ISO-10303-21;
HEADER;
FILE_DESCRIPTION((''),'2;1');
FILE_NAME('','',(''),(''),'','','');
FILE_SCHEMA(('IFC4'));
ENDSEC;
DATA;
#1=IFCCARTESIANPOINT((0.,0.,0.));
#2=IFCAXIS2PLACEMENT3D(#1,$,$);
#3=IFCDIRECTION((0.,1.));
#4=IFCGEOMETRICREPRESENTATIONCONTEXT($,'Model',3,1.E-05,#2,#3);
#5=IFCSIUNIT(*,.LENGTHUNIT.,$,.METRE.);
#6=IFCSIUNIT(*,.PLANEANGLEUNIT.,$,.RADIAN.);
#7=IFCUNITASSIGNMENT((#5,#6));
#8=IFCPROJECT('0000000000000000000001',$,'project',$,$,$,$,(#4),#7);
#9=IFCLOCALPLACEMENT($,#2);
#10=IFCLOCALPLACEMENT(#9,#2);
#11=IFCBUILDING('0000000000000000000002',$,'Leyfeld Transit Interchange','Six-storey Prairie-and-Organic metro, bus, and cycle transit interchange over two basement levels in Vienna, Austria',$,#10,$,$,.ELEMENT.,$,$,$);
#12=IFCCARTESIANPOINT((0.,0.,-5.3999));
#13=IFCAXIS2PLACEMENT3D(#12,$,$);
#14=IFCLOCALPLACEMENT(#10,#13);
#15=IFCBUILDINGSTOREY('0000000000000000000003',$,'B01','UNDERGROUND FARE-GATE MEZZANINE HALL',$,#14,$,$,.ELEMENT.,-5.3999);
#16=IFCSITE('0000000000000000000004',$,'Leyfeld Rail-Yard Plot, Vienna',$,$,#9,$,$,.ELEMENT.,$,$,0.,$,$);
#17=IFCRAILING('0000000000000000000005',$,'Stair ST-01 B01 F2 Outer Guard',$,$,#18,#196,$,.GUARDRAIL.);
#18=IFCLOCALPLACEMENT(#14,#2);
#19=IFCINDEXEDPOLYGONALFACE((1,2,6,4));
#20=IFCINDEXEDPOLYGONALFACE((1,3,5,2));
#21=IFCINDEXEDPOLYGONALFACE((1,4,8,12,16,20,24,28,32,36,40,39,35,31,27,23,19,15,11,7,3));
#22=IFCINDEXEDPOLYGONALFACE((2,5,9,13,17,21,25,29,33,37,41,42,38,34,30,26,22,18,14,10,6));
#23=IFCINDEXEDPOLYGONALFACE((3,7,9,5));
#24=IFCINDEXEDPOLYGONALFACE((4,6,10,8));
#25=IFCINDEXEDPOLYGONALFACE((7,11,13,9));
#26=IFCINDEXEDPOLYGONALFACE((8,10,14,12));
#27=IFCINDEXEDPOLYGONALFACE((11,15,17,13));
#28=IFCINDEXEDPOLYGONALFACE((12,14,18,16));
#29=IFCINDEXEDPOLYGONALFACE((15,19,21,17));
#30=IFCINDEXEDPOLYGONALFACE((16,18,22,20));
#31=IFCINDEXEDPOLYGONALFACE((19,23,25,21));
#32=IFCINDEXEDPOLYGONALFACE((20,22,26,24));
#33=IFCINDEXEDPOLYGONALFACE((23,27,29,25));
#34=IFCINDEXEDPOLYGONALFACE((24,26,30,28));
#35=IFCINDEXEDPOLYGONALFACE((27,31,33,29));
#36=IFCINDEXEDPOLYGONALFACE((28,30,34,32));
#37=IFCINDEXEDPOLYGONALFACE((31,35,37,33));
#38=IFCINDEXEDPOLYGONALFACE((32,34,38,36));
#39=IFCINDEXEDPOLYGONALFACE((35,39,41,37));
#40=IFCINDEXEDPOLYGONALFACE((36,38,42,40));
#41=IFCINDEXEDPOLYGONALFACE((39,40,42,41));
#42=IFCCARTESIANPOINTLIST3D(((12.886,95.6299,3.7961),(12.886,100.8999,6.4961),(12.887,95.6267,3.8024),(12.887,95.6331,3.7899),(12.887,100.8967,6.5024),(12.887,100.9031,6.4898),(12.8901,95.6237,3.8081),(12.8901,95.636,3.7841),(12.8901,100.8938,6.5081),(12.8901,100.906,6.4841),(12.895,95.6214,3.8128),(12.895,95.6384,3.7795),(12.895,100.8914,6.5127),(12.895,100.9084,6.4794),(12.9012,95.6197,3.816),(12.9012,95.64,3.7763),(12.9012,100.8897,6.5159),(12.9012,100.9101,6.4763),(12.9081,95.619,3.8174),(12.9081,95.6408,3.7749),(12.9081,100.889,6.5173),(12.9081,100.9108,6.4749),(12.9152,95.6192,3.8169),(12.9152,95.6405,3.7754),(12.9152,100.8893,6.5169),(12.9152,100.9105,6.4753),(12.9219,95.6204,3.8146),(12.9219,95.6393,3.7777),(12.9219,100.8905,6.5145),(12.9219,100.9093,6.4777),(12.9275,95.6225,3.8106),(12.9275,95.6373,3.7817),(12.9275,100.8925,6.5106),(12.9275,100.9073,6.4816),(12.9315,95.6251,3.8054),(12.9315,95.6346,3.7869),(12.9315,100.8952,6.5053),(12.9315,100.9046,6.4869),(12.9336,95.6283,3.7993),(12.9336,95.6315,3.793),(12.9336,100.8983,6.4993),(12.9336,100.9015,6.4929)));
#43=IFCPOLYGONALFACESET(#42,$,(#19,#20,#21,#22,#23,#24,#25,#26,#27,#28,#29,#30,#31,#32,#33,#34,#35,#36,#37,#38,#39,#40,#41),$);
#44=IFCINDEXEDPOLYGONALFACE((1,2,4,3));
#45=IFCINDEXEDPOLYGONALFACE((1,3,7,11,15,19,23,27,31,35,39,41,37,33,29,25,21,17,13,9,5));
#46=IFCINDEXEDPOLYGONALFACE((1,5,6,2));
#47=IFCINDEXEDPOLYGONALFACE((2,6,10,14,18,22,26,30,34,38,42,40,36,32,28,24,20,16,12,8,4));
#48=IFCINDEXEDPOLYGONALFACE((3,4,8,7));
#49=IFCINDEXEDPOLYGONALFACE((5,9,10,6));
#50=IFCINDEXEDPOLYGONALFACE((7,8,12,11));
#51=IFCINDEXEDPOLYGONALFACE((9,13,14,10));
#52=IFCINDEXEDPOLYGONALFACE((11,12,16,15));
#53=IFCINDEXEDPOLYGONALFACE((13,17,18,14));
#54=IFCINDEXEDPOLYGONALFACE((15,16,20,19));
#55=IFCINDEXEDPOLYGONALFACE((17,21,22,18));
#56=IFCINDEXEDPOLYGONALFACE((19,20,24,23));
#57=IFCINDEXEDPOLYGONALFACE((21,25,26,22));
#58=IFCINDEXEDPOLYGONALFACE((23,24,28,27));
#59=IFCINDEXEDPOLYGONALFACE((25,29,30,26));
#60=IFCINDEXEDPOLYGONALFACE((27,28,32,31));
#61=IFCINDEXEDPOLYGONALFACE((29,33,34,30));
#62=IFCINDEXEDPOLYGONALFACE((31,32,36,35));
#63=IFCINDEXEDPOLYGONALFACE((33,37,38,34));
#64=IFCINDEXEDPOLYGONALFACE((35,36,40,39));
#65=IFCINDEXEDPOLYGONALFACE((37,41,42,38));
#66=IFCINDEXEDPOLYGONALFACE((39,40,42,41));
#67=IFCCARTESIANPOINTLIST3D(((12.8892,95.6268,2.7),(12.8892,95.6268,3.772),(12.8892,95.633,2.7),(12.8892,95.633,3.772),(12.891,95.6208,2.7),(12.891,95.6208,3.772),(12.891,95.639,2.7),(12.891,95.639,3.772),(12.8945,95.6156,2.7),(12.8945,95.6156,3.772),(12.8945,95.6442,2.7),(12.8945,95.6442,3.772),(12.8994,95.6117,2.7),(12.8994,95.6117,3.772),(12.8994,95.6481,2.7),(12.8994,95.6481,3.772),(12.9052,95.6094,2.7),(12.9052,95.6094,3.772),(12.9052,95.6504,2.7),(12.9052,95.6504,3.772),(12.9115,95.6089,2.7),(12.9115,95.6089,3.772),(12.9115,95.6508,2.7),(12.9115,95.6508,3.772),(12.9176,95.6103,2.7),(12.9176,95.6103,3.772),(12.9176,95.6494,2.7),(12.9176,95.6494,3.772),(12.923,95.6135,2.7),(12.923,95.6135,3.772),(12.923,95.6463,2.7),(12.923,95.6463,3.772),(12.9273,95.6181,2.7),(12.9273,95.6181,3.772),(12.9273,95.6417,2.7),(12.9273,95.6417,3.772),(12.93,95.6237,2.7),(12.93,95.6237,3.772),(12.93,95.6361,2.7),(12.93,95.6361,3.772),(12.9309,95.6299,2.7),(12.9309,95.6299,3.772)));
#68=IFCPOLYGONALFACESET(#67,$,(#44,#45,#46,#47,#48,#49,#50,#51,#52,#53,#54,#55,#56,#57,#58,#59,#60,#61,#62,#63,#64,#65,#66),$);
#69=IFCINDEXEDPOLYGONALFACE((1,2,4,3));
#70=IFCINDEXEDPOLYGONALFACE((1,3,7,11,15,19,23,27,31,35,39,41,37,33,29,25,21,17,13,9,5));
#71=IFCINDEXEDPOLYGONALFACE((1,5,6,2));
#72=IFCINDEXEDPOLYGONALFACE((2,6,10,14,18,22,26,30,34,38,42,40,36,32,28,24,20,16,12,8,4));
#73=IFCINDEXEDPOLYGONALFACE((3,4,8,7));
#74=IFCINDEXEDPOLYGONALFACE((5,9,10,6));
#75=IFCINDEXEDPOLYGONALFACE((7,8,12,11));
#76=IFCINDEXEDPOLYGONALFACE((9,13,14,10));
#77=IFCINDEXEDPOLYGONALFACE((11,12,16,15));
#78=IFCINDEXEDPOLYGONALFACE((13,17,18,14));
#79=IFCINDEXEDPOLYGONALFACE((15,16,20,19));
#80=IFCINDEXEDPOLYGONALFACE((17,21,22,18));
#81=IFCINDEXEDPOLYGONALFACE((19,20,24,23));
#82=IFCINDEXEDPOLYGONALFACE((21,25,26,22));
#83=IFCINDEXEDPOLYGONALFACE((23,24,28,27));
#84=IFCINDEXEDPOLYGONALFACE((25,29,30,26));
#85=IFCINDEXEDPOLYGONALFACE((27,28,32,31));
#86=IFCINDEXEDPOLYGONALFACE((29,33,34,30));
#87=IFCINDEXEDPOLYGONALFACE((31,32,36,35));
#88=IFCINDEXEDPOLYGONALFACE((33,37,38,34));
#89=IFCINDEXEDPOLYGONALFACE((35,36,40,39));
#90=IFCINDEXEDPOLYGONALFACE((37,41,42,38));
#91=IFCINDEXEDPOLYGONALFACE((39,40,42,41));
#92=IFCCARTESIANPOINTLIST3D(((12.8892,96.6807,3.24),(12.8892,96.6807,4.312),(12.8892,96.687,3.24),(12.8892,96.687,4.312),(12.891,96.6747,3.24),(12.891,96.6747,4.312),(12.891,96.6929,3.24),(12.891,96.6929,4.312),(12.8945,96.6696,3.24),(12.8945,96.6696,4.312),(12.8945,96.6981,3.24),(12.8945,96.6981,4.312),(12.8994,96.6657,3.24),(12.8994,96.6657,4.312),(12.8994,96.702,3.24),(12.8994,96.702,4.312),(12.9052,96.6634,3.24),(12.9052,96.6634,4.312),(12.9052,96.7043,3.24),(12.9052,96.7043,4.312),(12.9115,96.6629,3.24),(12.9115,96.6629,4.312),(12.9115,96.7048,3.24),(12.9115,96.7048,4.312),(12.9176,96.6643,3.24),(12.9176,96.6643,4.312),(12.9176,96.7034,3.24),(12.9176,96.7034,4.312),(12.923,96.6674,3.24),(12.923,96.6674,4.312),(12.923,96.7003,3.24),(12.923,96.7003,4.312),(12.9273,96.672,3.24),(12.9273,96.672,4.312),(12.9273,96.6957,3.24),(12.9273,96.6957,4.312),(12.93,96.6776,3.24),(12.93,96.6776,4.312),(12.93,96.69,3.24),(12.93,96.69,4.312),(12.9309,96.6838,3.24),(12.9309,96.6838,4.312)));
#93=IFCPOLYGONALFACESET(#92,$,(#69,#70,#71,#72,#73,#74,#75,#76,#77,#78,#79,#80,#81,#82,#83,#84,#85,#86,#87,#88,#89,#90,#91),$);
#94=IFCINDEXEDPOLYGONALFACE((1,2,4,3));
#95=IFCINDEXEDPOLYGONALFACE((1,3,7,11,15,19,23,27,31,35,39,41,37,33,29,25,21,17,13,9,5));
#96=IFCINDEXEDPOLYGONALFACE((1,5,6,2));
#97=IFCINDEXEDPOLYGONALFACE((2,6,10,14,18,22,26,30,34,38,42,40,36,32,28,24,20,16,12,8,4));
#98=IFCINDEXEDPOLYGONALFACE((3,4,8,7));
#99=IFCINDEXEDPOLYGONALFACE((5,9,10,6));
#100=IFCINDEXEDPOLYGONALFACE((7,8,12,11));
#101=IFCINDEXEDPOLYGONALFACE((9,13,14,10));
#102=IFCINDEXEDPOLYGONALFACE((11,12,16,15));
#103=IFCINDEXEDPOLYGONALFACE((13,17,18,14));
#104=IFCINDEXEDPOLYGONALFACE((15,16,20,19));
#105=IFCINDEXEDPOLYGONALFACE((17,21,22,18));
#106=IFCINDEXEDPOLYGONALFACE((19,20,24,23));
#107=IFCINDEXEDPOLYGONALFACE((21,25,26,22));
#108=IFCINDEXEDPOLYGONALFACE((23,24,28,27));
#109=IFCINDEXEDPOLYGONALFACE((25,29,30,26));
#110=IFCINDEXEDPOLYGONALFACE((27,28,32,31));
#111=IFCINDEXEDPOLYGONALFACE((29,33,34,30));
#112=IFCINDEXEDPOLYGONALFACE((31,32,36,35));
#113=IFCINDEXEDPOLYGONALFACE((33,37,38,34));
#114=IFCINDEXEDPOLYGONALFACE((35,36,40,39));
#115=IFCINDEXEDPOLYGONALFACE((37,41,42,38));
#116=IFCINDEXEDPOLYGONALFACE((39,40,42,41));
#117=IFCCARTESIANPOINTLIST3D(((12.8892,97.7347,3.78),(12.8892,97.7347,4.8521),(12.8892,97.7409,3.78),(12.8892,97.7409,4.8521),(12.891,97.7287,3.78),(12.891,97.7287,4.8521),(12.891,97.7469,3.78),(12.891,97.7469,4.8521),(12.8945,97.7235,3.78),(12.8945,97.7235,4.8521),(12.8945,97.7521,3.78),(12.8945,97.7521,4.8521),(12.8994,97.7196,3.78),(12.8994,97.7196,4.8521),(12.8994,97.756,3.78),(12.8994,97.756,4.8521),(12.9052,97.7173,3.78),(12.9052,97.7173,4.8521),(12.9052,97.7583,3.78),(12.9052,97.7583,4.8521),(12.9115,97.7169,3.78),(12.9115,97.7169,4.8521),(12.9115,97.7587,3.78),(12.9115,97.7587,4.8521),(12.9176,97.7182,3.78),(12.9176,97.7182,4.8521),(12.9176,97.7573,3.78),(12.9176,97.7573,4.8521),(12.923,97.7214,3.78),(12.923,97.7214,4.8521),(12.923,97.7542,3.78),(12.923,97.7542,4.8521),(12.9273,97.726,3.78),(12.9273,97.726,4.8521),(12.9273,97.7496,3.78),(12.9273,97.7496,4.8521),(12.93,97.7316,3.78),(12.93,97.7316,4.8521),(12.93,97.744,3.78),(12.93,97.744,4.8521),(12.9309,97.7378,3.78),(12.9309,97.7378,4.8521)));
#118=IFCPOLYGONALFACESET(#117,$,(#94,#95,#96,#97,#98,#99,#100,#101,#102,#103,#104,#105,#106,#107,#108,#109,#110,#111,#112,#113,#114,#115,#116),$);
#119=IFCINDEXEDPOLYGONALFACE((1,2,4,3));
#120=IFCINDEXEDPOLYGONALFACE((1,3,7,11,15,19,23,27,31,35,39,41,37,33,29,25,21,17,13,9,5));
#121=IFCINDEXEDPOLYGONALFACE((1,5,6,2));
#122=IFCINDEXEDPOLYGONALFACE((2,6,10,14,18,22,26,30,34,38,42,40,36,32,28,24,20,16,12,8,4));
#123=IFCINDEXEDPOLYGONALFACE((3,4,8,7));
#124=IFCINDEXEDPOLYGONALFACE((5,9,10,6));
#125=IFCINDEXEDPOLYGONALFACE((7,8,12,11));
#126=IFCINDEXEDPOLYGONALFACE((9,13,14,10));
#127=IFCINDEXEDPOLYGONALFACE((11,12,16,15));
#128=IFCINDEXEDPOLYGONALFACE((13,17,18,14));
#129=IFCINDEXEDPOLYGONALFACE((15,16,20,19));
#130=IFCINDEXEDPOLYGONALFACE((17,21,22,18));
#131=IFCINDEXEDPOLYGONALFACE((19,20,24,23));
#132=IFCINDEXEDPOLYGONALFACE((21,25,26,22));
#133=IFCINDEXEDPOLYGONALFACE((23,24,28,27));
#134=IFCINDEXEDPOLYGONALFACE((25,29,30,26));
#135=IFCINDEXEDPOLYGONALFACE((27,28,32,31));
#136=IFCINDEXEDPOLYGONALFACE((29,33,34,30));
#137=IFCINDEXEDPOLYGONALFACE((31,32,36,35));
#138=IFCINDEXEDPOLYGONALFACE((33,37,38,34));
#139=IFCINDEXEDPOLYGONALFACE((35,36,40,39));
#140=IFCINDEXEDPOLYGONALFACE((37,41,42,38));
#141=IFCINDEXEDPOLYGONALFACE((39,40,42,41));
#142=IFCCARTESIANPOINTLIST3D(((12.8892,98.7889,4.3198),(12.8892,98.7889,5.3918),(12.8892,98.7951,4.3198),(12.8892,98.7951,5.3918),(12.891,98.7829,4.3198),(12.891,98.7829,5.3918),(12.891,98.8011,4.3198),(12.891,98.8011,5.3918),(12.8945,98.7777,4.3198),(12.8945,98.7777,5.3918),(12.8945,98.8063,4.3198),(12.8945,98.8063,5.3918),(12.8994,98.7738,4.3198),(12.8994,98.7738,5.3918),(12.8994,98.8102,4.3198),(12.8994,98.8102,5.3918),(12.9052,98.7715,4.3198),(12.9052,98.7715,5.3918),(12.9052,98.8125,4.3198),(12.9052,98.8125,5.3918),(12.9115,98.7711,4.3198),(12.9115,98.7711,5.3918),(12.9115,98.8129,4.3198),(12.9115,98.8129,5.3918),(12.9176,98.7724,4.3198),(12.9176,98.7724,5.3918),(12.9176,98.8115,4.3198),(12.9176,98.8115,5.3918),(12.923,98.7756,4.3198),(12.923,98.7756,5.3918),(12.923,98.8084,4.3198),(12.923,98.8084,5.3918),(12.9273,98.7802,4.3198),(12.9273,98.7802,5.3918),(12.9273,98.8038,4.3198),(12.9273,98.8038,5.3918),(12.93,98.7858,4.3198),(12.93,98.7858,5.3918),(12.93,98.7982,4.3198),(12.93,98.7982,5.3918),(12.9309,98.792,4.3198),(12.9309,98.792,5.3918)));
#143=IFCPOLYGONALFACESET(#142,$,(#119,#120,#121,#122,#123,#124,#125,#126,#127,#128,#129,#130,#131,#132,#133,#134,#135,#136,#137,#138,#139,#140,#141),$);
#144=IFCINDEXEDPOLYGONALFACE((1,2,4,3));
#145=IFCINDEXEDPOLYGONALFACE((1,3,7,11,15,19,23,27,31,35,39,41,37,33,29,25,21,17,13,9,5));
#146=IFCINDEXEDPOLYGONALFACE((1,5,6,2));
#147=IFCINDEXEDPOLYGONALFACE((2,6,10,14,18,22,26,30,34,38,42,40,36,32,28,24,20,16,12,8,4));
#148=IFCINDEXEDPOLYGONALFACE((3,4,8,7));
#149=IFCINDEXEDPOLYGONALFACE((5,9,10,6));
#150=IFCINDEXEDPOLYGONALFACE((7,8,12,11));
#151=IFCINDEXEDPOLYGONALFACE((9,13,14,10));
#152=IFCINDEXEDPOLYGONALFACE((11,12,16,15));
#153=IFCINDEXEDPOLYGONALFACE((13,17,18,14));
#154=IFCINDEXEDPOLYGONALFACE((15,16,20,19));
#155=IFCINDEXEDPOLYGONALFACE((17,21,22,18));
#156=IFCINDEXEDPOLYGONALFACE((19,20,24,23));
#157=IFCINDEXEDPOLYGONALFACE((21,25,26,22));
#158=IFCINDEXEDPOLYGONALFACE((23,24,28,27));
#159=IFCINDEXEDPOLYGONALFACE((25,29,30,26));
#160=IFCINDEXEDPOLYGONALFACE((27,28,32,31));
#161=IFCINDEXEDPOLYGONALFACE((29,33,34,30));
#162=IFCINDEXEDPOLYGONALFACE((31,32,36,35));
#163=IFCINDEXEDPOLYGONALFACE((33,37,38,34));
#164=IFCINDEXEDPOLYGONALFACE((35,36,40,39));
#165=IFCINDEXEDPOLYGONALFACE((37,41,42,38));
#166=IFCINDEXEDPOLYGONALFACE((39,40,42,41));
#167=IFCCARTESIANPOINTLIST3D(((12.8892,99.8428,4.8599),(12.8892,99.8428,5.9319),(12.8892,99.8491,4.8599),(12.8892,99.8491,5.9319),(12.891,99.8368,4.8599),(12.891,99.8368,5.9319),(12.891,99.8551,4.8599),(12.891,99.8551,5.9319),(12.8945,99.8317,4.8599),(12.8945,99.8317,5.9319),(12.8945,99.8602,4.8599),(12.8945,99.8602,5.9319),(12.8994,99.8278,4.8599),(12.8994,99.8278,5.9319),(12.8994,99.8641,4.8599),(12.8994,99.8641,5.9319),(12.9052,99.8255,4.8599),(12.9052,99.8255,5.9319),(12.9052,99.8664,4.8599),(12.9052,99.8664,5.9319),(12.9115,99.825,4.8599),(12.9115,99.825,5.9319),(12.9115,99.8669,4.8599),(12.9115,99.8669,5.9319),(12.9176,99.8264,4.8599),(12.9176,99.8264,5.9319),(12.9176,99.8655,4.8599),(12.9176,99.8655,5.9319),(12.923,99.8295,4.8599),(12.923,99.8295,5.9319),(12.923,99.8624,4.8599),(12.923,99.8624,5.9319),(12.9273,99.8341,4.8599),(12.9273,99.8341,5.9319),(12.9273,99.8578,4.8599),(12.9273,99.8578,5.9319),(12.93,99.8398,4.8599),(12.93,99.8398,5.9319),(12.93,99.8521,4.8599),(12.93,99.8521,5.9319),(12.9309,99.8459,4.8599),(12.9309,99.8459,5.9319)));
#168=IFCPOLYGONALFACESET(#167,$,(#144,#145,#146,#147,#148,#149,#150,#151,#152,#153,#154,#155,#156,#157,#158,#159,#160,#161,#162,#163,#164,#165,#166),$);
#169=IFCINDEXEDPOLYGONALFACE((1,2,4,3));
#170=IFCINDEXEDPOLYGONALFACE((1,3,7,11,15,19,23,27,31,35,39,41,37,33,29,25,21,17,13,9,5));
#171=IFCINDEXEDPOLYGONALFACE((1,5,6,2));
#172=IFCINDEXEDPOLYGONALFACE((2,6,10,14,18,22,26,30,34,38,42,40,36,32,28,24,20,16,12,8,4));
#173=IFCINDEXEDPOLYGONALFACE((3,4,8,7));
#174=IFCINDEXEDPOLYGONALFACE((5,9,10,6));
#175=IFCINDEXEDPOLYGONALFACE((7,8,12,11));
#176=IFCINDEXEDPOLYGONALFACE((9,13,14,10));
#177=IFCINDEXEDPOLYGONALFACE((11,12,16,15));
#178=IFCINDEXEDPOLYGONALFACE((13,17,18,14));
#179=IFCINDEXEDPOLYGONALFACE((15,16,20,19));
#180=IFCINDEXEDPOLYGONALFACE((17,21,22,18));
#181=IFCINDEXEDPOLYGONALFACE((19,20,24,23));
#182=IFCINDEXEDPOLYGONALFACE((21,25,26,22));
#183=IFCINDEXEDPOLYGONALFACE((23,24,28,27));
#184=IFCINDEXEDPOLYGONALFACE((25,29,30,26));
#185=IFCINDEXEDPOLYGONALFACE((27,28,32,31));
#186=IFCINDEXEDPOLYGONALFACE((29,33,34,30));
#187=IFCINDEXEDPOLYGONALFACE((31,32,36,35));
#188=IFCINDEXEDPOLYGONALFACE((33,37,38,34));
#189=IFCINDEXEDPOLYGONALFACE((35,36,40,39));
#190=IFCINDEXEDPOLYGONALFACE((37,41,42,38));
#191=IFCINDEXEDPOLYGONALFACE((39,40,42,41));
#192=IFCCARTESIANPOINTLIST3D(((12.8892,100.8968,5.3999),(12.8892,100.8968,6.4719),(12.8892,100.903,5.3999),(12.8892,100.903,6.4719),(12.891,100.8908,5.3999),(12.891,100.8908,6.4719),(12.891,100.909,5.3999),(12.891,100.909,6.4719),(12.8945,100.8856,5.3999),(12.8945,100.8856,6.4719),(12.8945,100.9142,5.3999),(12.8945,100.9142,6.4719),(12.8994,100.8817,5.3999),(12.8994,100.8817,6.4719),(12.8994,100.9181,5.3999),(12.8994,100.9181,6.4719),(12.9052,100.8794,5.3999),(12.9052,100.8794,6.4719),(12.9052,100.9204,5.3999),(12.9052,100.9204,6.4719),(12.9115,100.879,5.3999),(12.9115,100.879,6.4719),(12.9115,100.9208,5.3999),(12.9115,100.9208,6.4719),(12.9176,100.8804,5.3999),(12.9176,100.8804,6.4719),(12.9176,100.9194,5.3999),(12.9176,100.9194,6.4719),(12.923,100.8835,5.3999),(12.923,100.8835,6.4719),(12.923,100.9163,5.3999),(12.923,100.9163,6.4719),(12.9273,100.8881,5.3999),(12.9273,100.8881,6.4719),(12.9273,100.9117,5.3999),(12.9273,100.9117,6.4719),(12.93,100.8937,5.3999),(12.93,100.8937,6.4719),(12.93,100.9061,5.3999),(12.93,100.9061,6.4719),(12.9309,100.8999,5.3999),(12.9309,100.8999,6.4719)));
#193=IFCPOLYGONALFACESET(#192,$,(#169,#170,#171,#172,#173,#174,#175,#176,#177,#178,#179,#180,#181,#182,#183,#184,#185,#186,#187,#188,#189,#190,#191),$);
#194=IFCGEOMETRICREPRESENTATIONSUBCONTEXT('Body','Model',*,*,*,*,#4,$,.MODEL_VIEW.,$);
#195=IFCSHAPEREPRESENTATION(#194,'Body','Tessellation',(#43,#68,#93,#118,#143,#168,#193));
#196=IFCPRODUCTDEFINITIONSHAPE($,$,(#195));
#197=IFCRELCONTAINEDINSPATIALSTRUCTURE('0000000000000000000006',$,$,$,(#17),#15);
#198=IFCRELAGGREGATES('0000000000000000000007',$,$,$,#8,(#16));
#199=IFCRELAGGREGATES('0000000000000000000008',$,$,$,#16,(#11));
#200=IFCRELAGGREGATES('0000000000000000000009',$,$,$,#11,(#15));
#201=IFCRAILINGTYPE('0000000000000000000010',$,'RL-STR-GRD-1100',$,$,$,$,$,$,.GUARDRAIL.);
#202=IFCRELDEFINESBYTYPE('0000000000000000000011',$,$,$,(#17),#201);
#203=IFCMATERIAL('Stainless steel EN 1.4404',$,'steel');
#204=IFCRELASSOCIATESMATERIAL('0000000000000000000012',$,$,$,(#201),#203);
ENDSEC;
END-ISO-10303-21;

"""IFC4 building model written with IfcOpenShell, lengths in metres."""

from ifc_helpers import new_model, si_unit, direction, frame, origin, origin_2d, place, context, subcontext, project, spatial, circle, extrude, material, type_object, element, save


model = new_model("IFC4")

# Units and contexts
model_context = context("Model", 3, precision=1e-05, world=origin(), true_north=direction((0.0, 1.0)))
body_context = subcontext(model_context, "Body", "Model", "MODEL_VIEW")
ifc_project = project(units=[si_unit("LENGTHUNIT", "METRE"), si_unit("PLANEANGLEUNIT", "RADIAN")], contexts=[model_context])

# Site, building, storey
site_placement = place(None, origin())
site = spatial("IfcSite", under=ifc_project, at=site_placement, Name="Leyfeld Rail-Yard Plot, Vienna", CompositionType="ELEMENT", RefElevation=0.0)
building_placement = place(site_placement, origin())
building = spatial("IfcBuilding", under=site, at=building_placement, Name="Leyfeld Transit Interchange", Description="Six-storey Prairie-and-Organic metro, bus, and cycle transit interchange over two basement levels in Vienna, Austria", CompositionType="ELEMENT")
storey_placement = place(building_placement, frame((0.0, 0.0, -5.3999)))
storey = spatial("IfcBuildingStorey", under=building, at=storey_placement, Name="B01", Description="UNDERGROUND FARE-GATE MEZZANINE HALL", CompositionType="ELEMENT", Elevation=-5.3999)

# Railing
ifc_material_1 = material(Name="Stainless steel EN 1.4404", Category="steel")
railing_type_1 = type_object("IfcRailingType", Name="RL-STR-GRD-1100", PredefinedType="GUARDRAIL", material=ifc_material_1)
for number, where, name in (
    (1, (12.9099, 95.6299, 2.7), "Stair ST-01 B01 F2 Outer Guard"),
):
    element("IfcRailing", number, at=place(storey_placement, frame(where)), inside=storey, type_object=railing_type_1, Name=name, PredefinedType="GUARDRAIL", context=body_context, shape_type="SweptSolid", body=[
        extrude(circle(Radius=0.0239, at=origin_2d()), frame((0.0, 0.0, 1.0962), z_axis=(0.0, 0.889997, 0.455966), x_axis=(-1.0, 0.0, 0.0)), (0.0, 0.0, 1.0), 5.9214),
        extrude(circle(Radius=0.021, at=origin_2d()), origin(), (0.0, 0.0, 1.0), 1.072),
        extrude(circle(Radius=0.021, at=origin_2d()), frame((0.0, 1.054, 0.54)), (0.0, 0.0, 1.0), 1.072),
        extrude(circle(Radius=0.021, at=origin_2d()), frame((0.0, 2.1079, 1.0801)), (0.0, 0.0, 1.0), 1.072),
        extrude(circle(Radius=0.021, at=origin_2d()), frame((0.0, 3.1621, 1.6199)), (0.0, 0.0, 1.0), 1.072),
        extrude(circle(Radius=0.021, at=origin_2d()), frame((0.0, 4.2161, 2.1599)), (0.0, 0.0, 1.0), 1.072),
        extrude(circle(Radius=0.021, at=origin_2d()), frame((0.0, 5.27, 2.7)), (0.0, 0.0, 1.0), 1.072),
    ])

save(model, "model.ifc")
